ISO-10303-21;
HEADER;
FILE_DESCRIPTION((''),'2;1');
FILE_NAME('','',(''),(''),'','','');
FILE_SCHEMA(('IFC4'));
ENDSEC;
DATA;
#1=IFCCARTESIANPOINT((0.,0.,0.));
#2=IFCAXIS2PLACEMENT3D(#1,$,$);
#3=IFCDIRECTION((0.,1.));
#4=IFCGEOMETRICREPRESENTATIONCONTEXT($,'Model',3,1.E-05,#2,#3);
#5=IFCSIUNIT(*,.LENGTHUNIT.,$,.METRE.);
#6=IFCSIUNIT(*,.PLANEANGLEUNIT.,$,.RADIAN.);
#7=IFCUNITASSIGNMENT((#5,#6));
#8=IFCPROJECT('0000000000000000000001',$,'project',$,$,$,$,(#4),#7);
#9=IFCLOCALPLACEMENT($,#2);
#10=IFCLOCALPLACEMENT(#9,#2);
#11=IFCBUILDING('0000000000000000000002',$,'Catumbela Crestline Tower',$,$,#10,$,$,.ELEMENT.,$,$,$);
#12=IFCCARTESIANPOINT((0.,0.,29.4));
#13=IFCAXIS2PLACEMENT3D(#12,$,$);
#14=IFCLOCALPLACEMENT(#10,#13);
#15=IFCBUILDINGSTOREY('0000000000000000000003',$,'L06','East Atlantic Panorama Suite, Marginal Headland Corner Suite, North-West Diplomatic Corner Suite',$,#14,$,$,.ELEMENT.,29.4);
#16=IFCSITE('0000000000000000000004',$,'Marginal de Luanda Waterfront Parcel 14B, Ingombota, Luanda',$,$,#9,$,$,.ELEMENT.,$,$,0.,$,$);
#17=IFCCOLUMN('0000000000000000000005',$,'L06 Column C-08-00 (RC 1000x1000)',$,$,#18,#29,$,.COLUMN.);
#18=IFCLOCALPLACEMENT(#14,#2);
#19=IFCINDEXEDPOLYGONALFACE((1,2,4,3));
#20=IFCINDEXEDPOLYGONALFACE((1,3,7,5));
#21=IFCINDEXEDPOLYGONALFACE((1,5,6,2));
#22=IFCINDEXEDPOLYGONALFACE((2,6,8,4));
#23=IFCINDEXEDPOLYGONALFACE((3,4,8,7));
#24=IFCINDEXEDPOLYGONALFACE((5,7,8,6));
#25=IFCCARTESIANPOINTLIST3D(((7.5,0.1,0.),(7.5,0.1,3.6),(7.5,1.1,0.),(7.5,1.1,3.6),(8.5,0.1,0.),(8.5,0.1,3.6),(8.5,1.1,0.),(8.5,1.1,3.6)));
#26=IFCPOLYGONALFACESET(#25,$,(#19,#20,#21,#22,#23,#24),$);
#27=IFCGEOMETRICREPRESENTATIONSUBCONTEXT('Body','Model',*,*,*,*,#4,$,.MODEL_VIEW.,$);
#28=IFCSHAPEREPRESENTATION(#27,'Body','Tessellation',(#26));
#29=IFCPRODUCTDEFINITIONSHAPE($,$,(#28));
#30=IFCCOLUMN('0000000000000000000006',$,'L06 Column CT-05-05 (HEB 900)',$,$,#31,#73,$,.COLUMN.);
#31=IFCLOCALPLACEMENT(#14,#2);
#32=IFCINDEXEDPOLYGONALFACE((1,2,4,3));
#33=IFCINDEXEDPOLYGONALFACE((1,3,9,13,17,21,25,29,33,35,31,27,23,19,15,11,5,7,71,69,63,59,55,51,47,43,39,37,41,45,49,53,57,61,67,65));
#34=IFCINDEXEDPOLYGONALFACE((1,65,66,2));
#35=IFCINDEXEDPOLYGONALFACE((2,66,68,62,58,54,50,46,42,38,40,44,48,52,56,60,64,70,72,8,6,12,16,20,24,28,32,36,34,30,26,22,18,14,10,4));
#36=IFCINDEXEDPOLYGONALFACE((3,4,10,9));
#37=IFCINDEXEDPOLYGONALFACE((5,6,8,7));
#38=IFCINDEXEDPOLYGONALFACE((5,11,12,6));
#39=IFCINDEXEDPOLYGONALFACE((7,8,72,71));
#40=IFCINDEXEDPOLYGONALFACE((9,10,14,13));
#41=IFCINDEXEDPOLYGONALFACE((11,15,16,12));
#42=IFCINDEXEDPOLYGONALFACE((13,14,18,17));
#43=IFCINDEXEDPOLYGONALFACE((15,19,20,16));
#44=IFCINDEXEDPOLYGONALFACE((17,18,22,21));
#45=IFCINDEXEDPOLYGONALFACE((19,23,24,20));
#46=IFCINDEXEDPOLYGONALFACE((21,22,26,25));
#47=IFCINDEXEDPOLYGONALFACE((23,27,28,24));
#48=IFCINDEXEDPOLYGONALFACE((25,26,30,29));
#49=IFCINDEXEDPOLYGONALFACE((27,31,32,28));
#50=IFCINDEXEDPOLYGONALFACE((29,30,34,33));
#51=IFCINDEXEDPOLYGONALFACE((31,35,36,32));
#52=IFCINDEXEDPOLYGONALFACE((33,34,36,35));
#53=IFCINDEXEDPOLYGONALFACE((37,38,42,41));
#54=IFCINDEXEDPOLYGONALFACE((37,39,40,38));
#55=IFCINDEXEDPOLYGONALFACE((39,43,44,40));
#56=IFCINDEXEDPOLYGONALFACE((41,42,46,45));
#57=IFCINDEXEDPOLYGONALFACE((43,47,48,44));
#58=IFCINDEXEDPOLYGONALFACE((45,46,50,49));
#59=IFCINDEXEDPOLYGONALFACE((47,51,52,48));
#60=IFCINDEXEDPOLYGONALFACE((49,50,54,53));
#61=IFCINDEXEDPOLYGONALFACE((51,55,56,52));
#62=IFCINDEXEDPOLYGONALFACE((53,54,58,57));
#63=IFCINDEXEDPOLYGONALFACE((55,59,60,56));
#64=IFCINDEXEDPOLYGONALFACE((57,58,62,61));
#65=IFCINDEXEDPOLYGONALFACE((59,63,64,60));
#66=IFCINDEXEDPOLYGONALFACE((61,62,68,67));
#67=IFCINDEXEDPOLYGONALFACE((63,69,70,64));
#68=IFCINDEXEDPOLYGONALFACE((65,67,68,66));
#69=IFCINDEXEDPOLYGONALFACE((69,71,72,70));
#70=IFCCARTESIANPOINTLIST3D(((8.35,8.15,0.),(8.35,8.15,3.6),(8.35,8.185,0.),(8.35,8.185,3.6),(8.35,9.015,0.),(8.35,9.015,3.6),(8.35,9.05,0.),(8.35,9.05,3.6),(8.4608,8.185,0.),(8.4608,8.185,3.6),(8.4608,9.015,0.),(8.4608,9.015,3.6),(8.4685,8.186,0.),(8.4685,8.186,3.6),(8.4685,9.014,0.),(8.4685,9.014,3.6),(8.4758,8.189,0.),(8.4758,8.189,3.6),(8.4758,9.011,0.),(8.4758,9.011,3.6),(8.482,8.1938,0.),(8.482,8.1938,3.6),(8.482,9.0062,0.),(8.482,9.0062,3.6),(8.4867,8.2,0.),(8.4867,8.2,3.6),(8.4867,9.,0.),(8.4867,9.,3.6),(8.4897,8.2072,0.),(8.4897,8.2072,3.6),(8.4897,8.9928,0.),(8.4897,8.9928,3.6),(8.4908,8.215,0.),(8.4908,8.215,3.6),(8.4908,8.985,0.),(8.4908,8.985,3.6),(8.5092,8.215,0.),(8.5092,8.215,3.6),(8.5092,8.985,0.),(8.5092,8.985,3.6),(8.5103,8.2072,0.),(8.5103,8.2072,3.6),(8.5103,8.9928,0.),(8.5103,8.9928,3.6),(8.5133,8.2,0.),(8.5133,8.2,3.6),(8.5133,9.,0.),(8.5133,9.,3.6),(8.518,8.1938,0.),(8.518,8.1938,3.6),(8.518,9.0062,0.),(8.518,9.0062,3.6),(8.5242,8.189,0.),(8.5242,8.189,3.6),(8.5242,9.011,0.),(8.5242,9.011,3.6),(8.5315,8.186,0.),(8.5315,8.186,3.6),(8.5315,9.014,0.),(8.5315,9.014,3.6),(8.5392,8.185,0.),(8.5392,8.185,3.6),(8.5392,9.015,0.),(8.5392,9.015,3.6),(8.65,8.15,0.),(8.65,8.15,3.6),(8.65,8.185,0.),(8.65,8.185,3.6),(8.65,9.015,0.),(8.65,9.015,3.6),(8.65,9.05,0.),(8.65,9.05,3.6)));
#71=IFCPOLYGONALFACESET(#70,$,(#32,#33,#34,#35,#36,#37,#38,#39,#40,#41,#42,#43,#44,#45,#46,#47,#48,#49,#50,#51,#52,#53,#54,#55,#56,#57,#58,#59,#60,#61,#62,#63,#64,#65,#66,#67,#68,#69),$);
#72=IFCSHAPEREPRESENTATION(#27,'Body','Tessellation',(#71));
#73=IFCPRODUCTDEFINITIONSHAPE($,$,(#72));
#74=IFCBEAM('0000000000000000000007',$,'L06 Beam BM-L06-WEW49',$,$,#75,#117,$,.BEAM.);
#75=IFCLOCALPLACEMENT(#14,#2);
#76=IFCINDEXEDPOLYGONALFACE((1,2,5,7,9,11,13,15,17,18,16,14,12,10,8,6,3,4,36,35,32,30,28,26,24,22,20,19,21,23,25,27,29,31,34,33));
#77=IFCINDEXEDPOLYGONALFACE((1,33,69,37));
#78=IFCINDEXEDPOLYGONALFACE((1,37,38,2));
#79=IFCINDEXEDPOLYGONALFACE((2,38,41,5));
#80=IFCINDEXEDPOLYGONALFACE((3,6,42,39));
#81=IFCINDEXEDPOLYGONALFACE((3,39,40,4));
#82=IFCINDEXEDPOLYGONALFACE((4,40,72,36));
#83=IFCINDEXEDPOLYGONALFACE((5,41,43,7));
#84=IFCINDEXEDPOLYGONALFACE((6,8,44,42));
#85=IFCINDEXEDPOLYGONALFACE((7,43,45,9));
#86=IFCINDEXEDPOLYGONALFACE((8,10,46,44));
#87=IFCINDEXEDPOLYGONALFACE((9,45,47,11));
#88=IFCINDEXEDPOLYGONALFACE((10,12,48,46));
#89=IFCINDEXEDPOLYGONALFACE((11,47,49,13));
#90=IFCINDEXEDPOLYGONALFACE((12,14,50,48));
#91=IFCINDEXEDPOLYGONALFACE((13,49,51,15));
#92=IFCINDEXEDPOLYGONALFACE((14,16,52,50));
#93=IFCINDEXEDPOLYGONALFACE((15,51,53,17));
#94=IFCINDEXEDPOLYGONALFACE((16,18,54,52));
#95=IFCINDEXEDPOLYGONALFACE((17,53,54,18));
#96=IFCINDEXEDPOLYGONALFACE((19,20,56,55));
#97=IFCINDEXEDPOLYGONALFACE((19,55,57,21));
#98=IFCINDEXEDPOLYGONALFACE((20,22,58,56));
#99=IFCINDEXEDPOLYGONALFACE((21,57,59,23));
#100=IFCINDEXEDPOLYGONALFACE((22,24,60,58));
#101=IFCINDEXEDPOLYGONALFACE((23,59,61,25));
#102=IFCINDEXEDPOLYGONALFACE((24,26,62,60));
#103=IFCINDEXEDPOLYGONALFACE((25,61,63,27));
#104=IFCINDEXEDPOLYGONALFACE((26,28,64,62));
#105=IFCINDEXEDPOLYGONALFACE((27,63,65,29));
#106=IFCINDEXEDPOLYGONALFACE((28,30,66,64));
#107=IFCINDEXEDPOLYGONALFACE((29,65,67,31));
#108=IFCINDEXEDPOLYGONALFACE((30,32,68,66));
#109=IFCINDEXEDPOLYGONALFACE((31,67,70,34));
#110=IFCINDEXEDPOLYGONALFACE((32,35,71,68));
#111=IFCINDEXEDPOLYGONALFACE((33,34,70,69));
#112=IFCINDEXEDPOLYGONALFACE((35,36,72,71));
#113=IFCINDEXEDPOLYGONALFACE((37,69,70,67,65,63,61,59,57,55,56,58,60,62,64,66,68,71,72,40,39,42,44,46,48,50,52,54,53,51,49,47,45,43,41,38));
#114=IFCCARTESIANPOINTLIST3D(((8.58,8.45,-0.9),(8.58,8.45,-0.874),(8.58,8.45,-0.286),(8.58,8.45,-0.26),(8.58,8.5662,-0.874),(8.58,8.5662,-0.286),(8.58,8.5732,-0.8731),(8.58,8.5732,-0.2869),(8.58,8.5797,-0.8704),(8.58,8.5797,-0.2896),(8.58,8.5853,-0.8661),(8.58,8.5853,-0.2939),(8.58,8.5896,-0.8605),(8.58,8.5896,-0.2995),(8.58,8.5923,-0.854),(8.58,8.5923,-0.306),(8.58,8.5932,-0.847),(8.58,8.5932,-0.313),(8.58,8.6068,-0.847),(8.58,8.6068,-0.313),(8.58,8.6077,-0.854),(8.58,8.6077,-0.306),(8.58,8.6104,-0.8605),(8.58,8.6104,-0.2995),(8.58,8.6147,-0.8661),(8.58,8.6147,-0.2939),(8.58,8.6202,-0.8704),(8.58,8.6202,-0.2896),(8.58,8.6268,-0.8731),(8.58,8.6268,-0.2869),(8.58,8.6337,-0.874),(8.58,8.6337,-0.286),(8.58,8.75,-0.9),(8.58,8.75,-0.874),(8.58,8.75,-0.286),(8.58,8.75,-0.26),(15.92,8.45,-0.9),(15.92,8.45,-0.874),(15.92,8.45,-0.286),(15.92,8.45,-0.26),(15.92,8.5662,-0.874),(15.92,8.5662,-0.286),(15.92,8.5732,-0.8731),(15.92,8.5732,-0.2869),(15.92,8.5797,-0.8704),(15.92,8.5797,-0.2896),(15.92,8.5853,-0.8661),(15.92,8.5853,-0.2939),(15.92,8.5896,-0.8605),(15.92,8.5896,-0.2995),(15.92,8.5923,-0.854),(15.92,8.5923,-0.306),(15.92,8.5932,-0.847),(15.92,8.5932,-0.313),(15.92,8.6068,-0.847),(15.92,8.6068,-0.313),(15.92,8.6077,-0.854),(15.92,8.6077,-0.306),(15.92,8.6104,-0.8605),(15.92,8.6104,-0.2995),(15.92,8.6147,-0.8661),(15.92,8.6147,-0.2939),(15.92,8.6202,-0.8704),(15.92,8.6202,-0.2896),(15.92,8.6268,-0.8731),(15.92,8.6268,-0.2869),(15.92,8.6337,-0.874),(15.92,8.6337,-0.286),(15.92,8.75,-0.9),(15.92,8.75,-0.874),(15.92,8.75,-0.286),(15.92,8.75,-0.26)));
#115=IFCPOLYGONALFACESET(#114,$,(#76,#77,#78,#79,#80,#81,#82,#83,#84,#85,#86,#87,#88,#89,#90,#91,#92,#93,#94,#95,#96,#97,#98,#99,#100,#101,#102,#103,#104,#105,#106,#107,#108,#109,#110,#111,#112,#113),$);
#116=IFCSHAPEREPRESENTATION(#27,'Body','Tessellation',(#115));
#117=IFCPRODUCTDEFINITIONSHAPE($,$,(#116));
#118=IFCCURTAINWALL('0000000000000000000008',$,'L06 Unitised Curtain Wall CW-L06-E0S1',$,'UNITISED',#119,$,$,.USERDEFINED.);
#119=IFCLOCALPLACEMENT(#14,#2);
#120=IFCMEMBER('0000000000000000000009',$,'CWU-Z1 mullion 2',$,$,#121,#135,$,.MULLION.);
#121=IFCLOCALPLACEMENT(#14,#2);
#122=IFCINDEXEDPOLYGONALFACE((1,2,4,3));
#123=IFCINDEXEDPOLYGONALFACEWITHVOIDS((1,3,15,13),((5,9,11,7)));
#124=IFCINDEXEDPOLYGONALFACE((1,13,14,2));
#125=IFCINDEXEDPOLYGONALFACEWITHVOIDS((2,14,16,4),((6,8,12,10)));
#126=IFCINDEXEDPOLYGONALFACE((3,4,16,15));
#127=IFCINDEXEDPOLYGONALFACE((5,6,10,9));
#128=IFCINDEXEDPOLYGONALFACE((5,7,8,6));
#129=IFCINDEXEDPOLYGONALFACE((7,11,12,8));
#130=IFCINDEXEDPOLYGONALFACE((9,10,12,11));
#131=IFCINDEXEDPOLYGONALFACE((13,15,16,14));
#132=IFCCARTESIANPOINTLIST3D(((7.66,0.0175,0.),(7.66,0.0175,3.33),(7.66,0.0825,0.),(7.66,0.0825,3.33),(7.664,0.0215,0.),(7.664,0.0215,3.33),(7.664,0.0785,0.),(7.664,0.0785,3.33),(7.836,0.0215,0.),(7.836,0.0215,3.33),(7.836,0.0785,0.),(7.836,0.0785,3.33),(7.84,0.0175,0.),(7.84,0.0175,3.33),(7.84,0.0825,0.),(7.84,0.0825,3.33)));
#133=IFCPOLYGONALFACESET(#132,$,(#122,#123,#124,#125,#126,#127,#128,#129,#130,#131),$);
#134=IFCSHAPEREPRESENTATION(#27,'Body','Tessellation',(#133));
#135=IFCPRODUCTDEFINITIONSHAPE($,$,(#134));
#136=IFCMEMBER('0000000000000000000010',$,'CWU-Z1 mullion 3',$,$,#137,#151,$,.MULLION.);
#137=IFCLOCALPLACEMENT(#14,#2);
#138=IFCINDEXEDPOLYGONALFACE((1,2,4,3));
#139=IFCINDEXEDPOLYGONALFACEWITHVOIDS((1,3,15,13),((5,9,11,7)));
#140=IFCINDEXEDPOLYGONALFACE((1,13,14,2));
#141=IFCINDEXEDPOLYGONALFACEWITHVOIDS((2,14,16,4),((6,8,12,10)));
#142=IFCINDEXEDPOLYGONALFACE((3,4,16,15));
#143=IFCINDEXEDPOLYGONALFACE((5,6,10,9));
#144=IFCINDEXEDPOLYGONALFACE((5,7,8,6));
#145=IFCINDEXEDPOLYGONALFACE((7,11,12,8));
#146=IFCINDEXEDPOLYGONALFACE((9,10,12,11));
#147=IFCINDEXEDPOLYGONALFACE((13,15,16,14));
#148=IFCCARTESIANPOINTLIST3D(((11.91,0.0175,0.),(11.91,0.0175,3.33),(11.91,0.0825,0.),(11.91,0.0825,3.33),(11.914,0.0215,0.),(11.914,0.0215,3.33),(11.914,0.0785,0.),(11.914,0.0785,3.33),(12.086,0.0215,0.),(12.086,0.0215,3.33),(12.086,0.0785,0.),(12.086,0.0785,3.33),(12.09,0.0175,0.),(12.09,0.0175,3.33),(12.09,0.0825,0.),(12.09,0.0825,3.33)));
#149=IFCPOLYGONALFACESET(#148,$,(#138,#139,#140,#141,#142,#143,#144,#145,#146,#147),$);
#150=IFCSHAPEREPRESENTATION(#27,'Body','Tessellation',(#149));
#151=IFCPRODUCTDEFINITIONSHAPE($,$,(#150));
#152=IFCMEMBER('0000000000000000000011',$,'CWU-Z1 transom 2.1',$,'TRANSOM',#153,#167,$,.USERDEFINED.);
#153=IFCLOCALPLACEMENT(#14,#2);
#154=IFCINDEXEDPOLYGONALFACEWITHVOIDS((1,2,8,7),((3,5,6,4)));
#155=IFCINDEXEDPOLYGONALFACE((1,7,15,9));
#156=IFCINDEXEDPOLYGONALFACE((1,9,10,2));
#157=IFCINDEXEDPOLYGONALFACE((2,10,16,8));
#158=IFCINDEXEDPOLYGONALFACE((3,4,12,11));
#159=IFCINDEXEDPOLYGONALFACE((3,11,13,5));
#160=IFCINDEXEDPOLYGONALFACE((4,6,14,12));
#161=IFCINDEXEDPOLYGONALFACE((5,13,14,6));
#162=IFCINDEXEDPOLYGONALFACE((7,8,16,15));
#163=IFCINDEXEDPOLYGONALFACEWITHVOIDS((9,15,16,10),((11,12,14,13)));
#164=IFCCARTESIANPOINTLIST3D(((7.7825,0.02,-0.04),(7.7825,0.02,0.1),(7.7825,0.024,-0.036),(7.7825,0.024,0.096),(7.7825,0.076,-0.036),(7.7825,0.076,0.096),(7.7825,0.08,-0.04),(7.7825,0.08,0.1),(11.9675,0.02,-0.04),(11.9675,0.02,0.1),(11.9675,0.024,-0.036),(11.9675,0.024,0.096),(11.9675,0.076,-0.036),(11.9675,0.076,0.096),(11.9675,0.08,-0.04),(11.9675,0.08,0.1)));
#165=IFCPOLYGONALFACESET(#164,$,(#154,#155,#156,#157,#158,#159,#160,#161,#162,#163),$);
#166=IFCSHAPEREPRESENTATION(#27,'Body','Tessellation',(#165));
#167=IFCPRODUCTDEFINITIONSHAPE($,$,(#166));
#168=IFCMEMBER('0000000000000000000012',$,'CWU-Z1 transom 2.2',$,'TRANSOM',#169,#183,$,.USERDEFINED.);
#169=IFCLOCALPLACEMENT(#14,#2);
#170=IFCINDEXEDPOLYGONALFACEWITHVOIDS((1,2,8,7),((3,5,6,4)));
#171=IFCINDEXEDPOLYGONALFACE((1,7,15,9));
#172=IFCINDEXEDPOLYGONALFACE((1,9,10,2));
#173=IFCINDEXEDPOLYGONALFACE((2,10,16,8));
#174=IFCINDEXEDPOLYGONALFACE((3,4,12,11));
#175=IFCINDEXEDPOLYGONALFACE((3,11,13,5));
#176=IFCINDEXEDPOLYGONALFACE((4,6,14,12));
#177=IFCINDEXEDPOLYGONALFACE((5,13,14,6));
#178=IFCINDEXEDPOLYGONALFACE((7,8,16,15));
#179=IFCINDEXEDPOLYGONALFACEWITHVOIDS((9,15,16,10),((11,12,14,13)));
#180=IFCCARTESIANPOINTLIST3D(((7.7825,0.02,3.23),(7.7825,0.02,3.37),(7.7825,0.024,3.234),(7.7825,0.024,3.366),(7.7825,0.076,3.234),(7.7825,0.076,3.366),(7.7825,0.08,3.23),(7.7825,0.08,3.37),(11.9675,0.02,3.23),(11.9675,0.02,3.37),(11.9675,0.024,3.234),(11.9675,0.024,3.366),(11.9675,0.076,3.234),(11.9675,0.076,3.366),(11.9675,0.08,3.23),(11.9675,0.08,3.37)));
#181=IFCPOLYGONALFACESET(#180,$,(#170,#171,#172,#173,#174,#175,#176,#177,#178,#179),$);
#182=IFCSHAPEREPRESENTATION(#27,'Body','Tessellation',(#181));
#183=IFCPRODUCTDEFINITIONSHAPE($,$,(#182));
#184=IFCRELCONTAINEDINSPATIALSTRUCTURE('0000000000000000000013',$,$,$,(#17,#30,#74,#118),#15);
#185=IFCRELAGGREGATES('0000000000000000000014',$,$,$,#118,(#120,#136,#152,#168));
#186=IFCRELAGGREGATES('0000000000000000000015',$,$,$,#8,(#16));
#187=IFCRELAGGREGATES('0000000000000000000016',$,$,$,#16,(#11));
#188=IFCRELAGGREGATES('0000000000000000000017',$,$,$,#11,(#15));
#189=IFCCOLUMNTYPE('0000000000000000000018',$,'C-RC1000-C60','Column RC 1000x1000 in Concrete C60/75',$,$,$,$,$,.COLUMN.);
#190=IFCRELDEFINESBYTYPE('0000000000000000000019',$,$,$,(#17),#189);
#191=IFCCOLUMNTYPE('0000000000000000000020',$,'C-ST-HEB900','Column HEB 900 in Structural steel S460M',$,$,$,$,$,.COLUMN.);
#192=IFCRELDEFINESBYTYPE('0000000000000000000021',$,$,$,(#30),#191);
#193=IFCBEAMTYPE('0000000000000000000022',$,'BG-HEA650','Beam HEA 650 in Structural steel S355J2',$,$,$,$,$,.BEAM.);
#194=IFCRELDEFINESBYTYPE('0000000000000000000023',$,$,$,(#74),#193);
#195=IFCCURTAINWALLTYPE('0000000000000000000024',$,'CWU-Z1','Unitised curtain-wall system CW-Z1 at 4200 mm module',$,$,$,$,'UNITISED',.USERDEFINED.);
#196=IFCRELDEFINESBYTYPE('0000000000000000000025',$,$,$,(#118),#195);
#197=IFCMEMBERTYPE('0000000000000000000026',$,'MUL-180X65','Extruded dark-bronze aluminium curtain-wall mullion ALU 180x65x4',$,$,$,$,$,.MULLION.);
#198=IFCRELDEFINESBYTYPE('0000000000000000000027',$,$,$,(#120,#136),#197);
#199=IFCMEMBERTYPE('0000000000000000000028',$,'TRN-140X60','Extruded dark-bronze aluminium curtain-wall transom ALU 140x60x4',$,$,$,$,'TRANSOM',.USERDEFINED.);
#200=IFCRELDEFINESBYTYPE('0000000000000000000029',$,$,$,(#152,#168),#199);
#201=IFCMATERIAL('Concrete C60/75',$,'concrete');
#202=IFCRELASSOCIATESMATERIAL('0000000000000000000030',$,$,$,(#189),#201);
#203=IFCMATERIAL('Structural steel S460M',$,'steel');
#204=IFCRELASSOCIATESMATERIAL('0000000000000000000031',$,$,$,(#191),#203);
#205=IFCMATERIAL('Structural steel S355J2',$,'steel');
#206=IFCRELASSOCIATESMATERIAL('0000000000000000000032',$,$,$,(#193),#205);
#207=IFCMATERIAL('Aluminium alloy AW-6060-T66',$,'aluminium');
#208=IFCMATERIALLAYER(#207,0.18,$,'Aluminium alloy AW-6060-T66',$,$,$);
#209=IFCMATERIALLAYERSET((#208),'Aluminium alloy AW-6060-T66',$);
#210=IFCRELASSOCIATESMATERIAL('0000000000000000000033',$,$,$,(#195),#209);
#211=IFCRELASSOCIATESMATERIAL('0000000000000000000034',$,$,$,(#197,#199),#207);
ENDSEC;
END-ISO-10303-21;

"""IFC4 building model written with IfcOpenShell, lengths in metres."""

from ifc_helpers import new_model, si_unit, direction, frame, origin, origin_2d, place, context, subcontext, project, spatial, rectangle, hollow_rectangle, i_section, extrude, material, layer, layer_set, material_profile, profile_set, type_object, element, aggregate, save


model = new_model("IFC4")

# Units and contexts
model_context = context("Model", 3, precision=1e-05, world=origin(), true_north=direction((0.0, 1.0)))
body_context = subcontext(model_context, "Body", "Model", "MODEL_VIEW")
ifc_project = project(units=[si_unit("LENGTHUNIT", "METRE"), si_unit("PLANEANGLEUNIT", "RADIAN")], contexts=[model_context])

# Site, building, storey
site_placement = place(None, origin())
site = spatial("IfcSite", under=ifc_project, at=site_placement, Name="Marginal de Luanda Waterfront Parcel 14B, Ingombota, Luanda", CompositionType="ELEMENT", RefElevation=0.0)
building_placement = place(site_placement, origin())
building = spatial("IfcBuilding", under=site, at=building_placement, Name="Catumbela Crestline Tower", CompositionType="ELEMENT")
storey_placement = place(building_placement, frame((0.0, 0.0, 29.4)))
storey = spatial("IfcBuildingStorey", under=building, at=storey_placement, Name="L06", Description="East Atlantic Panorama Suite, Marginal Headland Corner Suite, North-West Diplomatic Corner Suite", CompositionType="ELEMENT", Elevation=29.4)

# Columns
ifc_material_1 = material(Name="Concrete C60/75", Category="concrete")
ifc_material_profile_1 = material_profile(ifc_material_1, rectangle(XDim=1.0, YDim=1.0, at=origin_2d()), Name="RC 1000x1000")
ifc_profile_set_1 = profile_set([ifc_material_profile_1], Name="Concrete C60/75")
column_type_1 = type_object("IfcColumnType", Name="C-RC1000-C60", Description="Column RC 1000x1000 in Concrete C60/75", PredefinedType="COLUMN", material=ifc_profile_set_1)
column_1_placement = place(storey_placement, frame((8.0, 0.6, 0.0), z_axis=(0.0, 0.0, 1.0), x_axis=(1.0, 0.0, 0.0)))
element("IfcColumn", 1, at=column_1_placement, inside=storey, type_object=column_type_1, Name="L06 Column C-08-00 (RC 1000x1000)", PredefinedType="COLUMN", context=body_context, shape_type="SweptSolid", body=[
    extrude(rectangle(XDim=1.0, YDim=1.0, at=origin_2d()), origin(), (0.0, 0.0, 1.0), 3.6),
])
ifc_material_2 = material(Name="Structural steel S460M", Category="steel")
ifc_material_profile_2 = material_profile(ifc_material_2, i_section(OverallWidth=0.3, OverallDepth=0.9, WebThickness=0.0185, FlangeThickness=0.035, FilletRadius=0.03, at=origin_2d()), Name="HEB 900")
ifc_profile_set_2 = profile_set([ifc_material_profile_2], Name="Structural steel S460M")
column_type_2 = type_object("IfcColumnType", Name="C-ST-HEB900", Description="Column HEB 900 in Structural steel S460M", PredefinedType="COLUMN", material=ifc_profile_set_2)
column_2_placement = place(storey_placement, frame((8.5, 8.6, 0.0), z_axis=(0.0, 0.0, 1.0), x_axis=(1.0, 0.0, 0.0)))
element("IfcColumn", 2, at=column_2_placement, inside=storey, type_object=column_type_2, Name="L06 Column CT-05-05 (HEB 900)", PredefinedType="COLUMN", context=body_context, shape_type="SweptSolid", body=[
    extrude(i_section(OverallWidth=0.3, OverallDepth=0.9, WebThickness=0.0185, FlangeThickness=0.035, FilletRadius=0.03, at=origin_2d()), origin(), (0.0, 0.0, 1.0), 3.6),
])

# Beam
ifc_material_3 = material(Name="Structural steel S355J2", Category="steel")
ifc_material_profile_3 = material_profile(ifc_material_3, i_section(OverallWidth=0.3, OverallDepth=0.64, WebThickness=0.0135, FlangeThickness=0.026, FilletRadius=0.027, at=origin_2d()), Name="HEA 650")
ifc_profile_set_3 = profile_set([ifc_material_profile_3], Name="Structural steel S355J2")
beam_type = type_object("IfcBeamType", Name="BG-HEA650", Description="Beam HEA 650 in Structural steel S355J2", PredefinedType="BEAM", material=ifc_profile_set_3)
beam_placement = place(storey_placement, frame((8.58, 8.6, -0.58), z_axis=(1.0, 0.0, 0.0), x_axis=(0.0, 1.0, 0.0)))
element("IfcBeam", 3, at=beam_placement, inside=storey, type_object=beam_type, Name="L06 Beam BM-L06-WEW49", PredefinedType="BEAM", context=body_context, shape_type="SweptSolid", body=[
    extrude(i_section(OverallWidth=0.3, OverallDepth=0.64, WebThickness=0.0135, FlangeThickness=0.026, FilletRadius=0.027, at=origin_2d()), origin(), (0.0, 0.0, 1.0), 7.34),
])

# Curtain wall, members
ifc_material_4 = material(Name="Aluminium alloy AW-6060-T66", Category="aluminium")
ifc_layer_1 = layer(ifc_material_4, 0.18, Name="Aluminium alloy AW-6060-T66")
ifc_layer_set_1 = layer_set([ifc_layer_1], Name="Aluminium alloy AW-6060-T66")
curtain_wall_type = type_object("IfcCurtainWallType", Name="CWU-Z1", Description="Unitised curtain-wall system CW-Z1 at 4200 mm module", ElementType="UNITISED", PredefinedType="USERDEFINED", material=ifc_layer_set_1)
curtain_wall_placement = place(storey_placement, origin())
curtain_wall = element("IfcCurtainWall", 4, at=curtain_wall_placement, inside=storey, type_object=curtain_wall_type, Name="L06 Unitised Curtain Wall CW-L06-E0S1", ObjectType="UNITISED", PredefinedType="USERDEFINED")
ifc_material_profile_4 = material_profile(ifc_material_4, hollow_rectangle(XDim=0.065, YDim=0.18, WallThickness=0.004, at=origin_2d()), Name="ALU 180x65x4")
ifc_profile_set_4 = profile_set([ifc_material_profile_4], Name="Aluminium alloy AW-6060-T66")
member_type_1 = type_object("IfcMemberType", Name="MUL-180X65", Description="Extruded dark-bronze aluminium curtain-wall mullion ALU 180x65x4", PredefinedType="MULLION", material=ifc_profile_set_4)
member_1_placement = place(storey_placement, frame((7.75, 0.05, 0.0), z_axis=(0.0, 0.0, 1.0), x_axis=(0.0, 1.0, 0.0)))
member_1 = element("IfcMember", 5, at=member_1_placement, type_object=member_type_1, Name="CWU-Z1 mullion 2", PredefinedType="MULLION", context=body_context, shape_type="SweptSolid", body=[
    extrude(hollow_rectangle(XDim=0.065, YDim=0.18, WallThickness=0.004, at=origin_2d()), origin(), (0.0, 0.0, 1.0), 3.33),
])
member_2_placement = place(storey_placement, frame((12.0, 0.05, 0.0), z_axis=(0.0, 0.0, 1.0), x_axis=(0.0, 1.0, 0.0)))
member_2 = element("IfcMember", 6, at=member_2_placement, type_object=member_type_1, Name="CWU-Z1 mullion 3", PredefinedType="MULLION", context=body_context, shape_type="SweptSolid", body=[
    extrude(hollow_rectangle(XDim=0.065, YDim=0.18, WallThickness=0.004, at=origin_2d()), origin(), (0.0, 0.0, 1.0), 3.33),
])
ifc_material_profile_5 = material_profile(ifc_material_4, hollow_rectangle(XDim=0.06, YDim=0.14, WallThickness=0.004, at=origin_2d()), Name="ALU 140x60x4")
ifc_profile_set_5 = profile_set([ifc_material_profile_5], Name="Aluminium alloy AW-6060-T66")
member_type_2 = type_object("IfcMemberType", Name="TRN-140X60", Description="Extruded dark-bronze aluminium curtain-wall transom ALU 140x60x4", ElementType="TRANSOM", PredefinedType="USERDEFINED", material=ifc_profile_set_5)
member_3_placement = place(storey_placement, frame((7.7825, 0.05, 0.03), z_axis=(1.0, 0.0, 0.0), x_axis=(0.0, 1.0, 0.0)))
member_3 = element("IfcMember", 7, at=member_3_placement, type_object=member_type_2, Name="CWU-Z1 transom 2.1", ObjectType="TRANSOM", PredefinedType="USERDEFINED", context=body_context, shape_type="SweptSolid", body=[
    extrude(hollow_rectangle(XDim=0.06, YDim=0.14, WallThickness=0.004, at=origin_2d()), origin(), (0.0, 0.0, 1.0), 4.185),
])
member_4_placement = place(storey_placement, frame((7.7825, 0.05, 3.3), z_axis=(1.0, 0.0, 0.0), x_axis=(0.0, 1.0, 0.0)))
member_4 = element("IfcMember", 8, at=member_4_placement, type_object=member_type_2, Name="CWU-Z1 transom 2.2", ObjectType="TRANSOM", PredefinedType="USERDEFINED", context=body_context, shape_type="SweptSolid", body=[
    extrude(hollow_rectangle(XDim=0.06, YDim=0.14, WallThickness=0.004, at=origin_2d()), origin(), (0.0, 0.0, 1.0), 4.185),
])
aggregate(curtain_wall, [member_1, member_2, member_3, member_4])

save(model, "model.ifc")
